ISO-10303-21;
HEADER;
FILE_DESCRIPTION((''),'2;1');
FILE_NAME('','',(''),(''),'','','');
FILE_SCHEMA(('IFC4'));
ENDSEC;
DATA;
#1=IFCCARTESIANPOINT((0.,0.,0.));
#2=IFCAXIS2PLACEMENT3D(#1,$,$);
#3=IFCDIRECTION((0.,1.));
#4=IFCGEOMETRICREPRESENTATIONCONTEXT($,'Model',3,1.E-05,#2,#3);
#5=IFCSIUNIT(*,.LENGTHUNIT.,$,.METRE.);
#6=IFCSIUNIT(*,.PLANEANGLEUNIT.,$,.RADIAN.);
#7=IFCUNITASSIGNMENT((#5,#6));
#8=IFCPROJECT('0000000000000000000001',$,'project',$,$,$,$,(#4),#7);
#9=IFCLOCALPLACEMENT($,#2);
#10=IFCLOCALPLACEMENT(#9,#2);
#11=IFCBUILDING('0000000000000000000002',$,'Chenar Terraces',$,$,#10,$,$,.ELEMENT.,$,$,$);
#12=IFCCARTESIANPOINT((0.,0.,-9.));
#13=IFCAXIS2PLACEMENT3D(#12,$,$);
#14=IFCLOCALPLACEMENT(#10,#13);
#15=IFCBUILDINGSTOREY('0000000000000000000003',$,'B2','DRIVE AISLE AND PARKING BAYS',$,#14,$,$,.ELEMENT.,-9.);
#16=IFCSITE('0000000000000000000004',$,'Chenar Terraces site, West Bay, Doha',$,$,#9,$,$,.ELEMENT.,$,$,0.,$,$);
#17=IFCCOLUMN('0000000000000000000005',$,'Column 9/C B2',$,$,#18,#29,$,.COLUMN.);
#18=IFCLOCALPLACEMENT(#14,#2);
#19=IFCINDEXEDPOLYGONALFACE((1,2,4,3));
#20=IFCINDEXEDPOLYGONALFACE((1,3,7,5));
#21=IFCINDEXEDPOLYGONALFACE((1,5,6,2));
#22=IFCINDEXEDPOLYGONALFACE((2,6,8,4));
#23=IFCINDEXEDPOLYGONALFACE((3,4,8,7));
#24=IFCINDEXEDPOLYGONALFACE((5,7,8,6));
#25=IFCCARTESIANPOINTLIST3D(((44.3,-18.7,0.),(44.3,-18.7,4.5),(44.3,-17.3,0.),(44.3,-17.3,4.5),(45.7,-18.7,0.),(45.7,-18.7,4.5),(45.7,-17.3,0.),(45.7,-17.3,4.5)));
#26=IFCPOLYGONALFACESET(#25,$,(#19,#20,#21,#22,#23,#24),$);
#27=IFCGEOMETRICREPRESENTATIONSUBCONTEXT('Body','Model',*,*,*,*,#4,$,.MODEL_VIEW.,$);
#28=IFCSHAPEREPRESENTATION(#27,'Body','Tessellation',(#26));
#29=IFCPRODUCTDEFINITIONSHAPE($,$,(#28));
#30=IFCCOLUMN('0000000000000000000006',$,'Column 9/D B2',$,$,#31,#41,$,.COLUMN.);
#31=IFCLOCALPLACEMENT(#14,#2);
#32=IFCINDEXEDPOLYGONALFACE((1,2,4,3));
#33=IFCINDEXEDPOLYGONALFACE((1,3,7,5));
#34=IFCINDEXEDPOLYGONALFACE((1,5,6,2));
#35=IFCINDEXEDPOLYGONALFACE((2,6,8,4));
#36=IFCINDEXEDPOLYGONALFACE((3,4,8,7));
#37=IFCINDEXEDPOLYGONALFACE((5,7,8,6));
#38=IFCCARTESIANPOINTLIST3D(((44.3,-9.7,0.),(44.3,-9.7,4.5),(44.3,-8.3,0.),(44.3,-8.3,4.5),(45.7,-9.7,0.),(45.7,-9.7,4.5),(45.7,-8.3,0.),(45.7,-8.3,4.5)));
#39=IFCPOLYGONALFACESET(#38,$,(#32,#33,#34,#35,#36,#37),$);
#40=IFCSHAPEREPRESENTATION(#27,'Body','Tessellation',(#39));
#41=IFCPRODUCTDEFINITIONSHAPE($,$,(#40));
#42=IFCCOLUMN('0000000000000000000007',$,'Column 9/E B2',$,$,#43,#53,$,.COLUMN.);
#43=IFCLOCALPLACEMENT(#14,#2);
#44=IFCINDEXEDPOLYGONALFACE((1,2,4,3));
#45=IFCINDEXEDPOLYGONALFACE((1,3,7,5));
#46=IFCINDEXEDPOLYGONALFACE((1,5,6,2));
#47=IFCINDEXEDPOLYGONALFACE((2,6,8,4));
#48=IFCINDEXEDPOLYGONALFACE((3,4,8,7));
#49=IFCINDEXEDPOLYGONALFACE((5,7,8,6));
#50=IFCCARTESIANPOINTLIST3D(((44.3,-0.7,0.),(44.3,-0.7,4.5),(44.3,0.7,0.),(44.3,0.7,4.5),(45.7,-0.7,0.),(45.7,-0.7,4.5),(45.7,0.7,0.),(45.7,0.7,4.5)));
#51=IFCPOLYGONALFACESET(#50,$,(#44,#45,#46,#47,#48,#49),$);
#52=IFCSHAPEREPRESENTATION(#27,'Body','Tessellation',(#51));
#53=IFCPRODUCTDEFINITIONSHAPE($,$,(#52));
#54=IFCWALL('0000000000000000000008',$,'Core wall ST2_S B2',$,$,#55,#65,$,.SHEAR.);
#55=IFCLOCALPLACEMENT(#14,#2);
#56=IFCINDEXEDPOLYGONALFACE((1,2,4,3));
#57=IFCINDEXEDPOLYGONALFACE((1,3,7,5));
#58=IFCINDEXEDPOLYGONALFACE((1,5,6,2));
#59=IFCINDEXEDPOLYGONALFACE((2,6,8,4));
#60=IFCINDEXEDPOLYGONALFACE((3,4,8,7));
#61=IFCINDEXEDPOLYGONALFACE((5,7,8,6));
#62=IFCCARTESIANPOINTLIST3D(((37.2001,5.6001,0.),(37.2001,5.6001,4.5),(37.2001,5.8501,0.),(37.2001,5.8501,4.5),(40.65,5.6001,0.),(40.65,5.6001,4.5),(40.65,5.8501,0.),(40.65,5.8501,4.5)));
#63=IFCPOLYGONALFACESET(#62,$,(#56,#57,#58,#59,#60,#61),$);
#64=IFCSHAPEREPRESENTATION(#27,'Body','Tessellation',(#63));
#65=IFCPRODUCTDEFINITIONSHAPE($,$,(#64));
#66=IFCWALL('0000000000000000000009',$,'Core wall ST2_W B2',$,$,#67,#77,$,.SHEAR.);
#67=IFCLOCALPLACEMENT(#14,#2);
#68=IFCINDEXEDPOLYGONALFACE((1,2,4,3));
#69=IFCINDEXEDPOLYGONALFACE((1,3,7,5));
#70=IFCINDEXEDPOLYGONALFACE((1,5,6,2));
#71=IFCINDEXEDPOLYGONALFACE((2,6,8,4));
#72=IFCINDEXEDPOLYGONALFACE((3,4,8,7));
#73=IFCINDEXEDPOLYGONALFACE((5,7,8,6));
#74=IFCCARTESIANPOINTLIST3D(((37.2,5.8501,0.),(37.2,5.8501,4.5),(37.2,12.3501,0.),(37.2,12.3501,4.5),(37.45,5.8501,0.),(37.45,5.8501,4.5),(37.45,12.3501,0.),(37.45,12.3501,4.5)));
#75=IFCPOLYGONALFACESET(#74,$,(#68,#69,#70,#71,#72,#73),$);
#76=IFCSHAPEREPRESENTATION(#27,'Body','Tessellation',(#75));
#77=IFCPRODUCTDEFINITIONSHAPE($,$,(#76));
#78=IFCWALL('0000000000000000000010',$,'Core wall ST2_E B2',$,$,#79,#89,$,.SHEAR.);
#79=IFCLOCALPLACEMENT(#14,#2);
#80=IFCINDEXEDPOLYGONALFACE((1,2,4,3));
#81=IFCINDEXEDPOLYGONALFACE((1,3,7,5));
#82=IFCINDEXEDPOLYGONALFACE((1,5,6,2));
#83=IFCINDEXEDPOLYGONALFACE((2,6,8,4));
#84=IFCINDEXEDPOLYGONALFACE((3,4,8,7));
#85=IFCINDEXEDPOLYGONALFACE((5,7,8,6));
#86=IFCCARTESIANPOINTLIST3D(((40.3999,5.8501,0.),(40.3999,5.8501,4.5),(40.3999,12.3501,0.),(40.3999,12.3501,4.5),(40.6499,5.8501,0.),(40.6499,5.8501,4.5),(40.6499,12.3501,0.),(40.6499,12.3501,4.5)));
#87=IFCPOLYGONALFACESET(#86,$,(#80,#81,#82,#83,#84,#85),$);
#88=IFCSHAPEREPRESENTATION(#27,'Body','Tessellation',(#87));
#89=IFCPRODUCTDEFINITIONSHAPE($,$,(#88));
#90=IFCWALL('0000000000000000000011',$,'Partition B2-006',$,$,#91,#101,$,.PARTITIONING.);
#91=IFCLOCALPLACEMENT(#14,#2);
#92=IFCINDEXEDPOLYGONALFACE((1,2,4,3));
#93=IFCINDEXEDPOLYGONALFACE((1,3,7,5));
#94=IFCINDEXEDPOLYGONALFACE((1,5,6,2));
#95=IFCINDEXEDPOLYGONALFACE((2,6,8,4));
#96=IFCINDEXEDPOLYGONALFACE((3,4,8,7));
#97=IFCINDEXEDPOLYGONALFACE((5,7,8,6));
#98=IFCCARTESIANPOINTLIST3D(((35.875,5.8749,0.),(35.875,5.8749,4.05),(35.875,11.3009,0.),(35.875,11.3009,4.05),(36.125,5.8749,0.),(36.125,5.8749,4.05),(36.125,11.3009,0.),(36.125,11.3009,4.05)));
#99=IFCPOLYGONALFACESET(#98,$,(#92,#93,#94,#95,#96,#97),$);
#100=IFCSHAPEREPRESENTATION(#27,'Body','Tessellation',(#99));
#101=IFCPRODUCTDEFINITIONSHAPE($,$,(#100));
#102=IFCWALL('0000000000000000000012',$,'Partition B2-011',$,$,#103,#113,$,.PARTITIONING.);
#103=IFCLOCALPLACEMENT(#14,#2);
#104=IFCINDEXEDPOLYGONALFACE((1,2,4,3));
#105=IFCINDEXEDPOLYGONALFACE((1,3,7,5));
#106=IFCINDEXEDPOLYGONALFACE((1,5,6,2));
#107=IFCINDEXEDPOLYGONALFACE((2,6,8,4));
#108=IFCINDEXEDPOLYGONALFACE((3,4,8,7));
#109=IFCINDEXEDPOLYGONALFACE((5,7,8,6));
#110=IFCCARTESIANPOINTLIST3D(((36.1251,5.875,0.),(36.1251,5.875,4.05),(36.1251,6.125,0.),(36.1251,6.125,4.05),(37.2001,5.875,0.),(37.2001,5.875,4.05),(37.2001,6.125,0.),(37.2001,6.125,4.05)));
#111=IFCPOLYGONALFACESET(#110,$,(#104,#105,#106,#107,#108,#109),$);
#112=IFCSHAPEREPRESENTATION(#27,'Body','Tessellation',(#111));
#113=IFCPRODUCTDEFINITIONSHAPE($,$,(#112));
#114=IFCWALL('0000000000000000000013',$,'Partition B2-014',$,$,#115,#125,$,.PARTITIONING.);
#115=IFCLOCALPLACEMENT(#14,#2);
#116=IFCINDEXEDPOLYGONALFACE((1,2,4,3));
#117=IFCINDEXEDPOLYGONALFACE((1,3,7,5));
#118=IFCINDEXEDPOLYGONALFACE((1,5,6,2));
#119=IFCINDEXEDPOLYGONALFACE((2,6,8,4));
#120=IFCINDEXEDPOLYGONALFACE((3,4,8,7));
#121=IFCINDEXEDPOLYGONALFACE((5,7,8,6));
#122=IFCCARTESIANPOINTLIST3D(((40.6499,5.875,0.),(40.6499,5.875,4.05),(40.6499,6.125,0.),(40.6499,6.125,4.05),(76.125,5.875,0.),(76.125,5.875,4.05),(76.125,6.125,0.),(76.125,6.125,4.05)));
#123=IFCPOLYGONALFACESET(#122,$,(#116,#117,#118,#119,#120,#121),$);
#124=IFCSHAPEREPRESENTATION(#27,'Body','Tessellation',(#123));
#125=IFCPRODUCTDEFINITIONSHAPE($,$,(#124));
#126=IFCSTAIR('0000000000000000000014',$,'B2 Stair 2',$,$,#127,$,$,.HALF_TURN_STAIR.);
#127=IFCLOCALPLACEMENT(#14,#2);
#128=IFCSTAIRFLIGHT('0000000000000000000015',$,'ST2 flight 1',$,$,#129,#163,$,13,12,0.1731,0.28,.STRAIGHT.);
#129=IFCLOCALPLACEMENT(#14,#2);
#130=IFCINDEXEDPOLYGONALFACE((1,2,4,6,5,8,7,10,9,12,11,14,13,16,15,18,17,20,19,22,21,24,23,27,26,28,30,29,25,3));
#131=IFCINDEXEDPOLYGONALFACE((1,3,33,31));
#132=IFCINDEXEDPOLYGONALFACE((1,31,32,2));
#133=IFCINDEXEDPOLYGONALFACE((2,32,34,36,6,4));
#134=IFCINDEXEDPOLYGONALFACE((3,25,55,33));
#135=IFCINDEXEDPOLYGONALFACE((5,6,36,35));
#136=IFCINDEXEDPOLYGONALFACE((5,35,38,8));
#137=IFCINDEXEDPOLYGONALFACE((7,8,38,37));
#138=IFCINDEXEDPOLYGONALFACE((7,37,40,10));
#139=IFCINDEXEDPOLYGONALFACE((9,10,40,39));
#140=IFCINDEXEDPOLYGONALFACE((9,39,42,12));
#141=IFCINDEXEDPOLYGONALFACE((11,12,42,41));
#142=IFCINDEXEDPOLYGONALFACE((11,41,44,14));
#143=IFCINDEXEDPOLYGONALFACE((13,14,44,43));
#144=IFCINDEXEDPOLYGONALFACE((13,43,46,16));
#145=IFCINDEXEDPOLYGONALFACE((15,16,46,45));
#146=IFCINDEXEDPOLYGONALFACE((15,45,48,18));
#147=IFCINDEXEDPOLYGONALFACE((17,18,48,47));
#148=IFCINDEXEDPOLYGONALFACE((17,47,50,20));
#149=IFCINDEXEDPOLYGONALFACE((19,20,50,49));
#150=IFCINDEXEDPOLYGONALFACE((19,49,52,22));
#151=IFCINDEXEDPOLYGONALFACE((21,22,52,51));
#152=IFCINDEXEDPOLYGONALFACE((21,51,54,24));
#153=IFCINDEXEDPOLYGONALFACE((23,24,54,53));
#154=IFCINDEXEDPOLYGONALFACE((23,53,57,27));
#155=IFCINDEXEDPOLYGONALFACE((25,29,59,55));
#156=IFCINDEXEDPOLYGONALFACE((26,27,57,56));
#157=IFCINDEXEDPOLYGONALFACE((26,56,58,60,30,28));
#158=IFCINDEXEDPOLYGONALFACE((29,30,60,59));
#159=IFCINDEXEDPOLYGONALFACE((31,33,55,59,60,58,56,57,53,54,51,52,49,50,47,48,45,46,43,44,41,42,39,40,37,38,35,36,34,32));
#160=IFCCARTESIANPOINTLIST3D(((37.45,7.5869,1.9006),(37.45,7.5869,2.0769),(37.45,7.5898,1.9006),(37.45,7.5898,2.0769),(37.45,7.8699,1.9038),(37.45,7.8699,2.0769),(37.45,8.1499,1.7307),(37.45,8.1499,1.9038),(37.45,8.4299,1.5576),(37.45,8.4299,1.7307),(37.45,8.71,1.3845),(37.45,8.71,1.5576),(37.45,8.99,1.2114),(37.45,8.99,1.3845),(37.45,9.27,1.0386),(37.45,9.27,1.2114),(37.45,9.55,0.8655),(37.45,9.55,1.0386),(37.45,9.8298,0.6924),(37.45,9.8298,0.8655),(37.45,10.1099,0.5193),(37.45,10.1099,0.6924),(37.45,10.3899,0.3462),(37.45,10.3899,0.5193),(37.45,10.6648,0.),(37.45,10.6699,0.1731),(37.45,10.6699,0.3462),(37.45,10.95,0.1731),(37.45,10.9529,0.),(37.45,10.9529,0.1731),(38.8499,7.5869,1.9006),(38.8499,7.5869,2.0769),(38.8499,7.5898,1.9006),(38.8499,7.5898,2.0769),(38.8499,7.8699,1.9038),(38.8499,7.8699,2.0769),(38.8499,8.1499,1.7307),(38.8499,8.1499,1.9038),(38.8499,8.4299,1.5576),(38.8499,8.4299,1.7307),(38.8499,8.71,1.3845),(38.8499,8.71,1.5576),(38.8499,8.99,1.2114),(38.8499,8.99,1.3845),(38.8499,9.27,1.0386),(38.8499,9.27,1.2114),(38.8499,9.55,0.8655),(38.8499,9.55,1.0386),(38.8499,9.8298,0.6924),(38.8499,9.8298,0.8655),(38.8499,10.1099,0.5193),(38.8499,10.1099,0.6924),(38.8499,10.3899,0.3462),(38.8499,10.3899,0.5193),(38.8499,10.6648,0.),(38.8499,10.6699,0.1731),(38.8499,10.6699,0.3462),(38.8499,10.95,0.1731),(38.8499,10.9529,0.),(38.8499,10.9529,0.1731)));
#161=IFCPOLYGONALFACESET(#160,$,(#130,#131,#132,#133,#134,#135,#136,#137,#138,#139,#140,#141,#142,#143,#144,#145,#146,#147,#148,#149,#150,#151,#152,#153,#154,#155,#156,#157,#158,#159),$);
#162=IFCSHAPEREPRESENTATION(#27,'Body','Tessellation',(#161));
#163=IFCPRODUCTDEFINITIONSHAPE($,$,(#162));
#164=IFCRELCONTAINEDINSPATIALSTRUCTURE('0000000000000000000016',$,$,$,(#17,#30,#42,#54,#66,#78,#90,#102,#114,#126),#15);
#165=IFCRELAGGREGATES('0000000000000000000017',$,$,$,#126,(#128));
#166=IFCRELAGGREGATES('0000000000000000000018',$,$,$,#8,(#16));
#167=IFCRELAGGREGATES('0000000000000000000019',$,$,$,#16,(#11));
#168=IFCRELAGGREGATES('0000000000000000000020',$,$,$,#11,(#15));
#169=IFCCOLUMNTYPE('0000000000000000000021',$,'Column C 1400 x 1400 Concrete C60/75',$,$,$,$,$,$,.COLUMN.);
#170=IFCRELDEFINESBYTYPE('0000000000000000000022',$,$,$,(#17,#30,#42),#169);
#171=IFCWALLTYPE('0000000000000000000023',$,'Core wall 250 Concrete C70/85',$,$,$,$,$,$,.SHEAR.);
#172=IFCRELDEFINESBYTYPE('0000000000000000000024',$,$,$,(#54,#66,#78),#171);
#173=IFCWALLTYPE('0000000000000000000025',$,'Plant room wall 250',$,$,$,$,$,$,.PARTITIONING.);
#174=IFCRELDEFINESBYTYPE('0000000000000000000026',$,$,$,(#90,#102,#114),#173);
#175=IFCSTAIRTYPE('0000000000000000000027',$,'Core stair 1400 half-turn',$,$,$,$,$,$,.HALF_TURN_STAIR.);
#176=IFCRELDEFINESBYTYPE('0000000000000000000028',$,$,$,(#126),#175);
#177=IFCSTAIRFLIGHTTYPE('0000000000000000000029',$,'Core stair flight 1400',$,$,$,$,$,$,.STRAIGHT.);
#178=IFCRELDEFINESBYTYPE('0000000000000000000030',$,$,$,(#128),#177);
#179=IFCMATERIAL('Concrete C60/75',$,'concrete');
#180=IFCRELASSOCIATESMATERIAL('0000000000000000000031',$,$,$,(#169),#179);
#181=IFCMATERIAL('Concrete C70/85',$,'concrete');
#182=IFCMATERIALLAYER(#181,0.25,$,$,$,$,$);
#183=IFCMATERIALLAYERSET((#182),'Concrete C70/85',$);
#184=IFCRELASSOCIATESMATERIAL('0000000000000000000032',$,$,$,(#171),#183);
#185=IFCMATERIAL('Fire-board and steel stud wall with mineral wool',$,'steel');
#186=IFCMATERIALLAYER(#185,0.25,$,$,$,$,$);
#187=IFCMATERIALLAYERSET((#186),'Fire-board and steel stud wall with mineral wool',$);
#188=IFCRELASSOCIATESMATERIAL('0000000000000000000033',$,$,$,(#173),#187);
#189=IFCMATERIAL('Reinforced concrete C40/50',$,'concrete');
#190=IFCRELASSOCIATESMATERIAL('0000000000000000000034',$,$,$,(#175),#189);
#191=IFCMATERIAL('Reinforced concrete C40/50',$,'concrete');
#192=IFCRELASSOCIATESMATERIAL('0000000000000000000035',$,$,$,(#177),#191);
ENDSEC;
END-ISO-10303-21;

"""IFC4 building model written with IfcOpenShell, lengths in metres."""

from ifc_helpers import new_model, si_unit, direction, frame, frame_2d, origin, origin_2d, place, context, subcontext, project, spatial, polyline, rectangle, outline, extrude, material, layer, layer_set, material_profile, profile_set, type_object, element, aggregate, save


model = new_model("IFC4")

# Units and contexts
model_context = context("Model", 3, precision=1e-05, world=origin(), true_north=direction((0.0, 1.0)))
body_context = subcontext(model_context, "Body", "Model", "MODEL_VIEW")
ifc_project = project(units=[si_unit("LENGTHUNIT", "METRE"), si_unit("PLANEANGLEUNIT", "RADIAN")], contexts=[model_context])

# Site, building, storey
site_placement = place(None, origin())
site = spatial("IfcSite", under=ifc_project, at=site_placement, Name="Chenar Terraces site, West Bay, Doha", CompositionType="ELEMENT", RefElevation=0.0)
building_placement = place(site_placement, origin())
building = spatial("IfcBuilding", under=site, at=building_placement, Name="Chenar Terraces", CompositionType="ELEMENT")
storey_placement = place(building_placement, frame((0.0, 0.0, -9.0)))
storey = spatial("IfcBuildingStorey", under=building, at=storey_placement, Name="B2", Description="DRIVE AISLE AND PARKING BAYS", CompositionType="ELEMENT", Elevation=-9.0)

# Columns
ifc_material_1 = material(Name="Concrete C60/75", Category="concrete")
ifc_material_profile = material_profile(ifc_material_1, rectangle(XDim=1.3999, YDim=1.3999, at=origin_2d()), Name="C 1400 x 1400")
ifc_profile_set = profile_set([ifc_material_profile], Name="Concrete C60/75")
column_type = type_object("IfcColumnType", Name="Column C 1400 x 1400 Concrete C60/75", PredefinedType="COLUMN", material=ifc_profile_set)
for number, where, z_axis, x_axis, name in (
    (1, (45.0, -18.0, 0.0), (0.0, 0.0, 1.0), (1.0, 0.0, 0.0), "Column 9/C B2"),
    (2, (45.0, -9.0, 0.0), (0.0, 0.0, 1.0), (1.0, 0.0, 0.0), "Column 9/D B2"),
    (3, (45.0, 0.0, 0.0), (0.0, 0.0, 1.0), (1.0, 0.0, 0.0), "Column 9/E B2"),
):
    element("IfcColumn", number, at=place(storey_placement, frame(where, z_axis=z_axis, x_axis=x_axis)), inside=storey, type_object=column_type, Name=name, PredefinedType="COLUMN", context=body_context, shape_type="SweptSolid", body=[
        extrude(rectangle(XDim=1.3999, YDim=1.3999, at=origin_2d()), origin(), (0.0, 0.0, 1.0), 4.5),
    ])

# Walls
ifc_material_2 = material(Name="Concrete C70/85", Category="concrete")
ifc_layer_1 = layer(ifc_material_2, 0.25)
ifc_layer_set_1 = layer_set([ifc_layer_1], Name="Concrete C70/85")
wall_type_1 = type_object("IfcWallType", Name="Core wall 250 Concrete C70/85", PredefinedType="SHEAR", material=ifc_layer_set_1)
wall_1_placement = place(storey_placement, frame((37.2, 5.7251, 0.0), z_axis=(0.0, 0.0, 1.0), x_axis=(1.0, 0.0, 0.0)))
element("IfcWall", 4, at=wall_1_placement, inside=storey, type_object=wall_type_1, Name="Core wall ST2_S B2", PredefinedType="SHEAR", context=body_context, shape_type="SweptSolid", body=[
    extrude(rectangle(XDim=3.45, YDim=0.25, at=frame_2d((1.7251, 0.0))), origin(), (0.0, 0.0, 1.0), 4.5),
])
for number, where, z_axis, x_axis, name in (
    (5, (37.325, 5.8501, 0.0), (0.0, 0.0, 1.0), (0.0, 1.0, 0.0), "Core wall ST2_W B2"),
    (6, (40.5249, 5.8501, 0.0), (0.0, 0.0, 1.0), (0.0, 1.0, 0.0), "Core wall ST2_E B2"),
):
    element("IfcWall", number, at=place(storey_placement, frame(where, z_axis=z_axis, x_axis=x_axis)), inside=storey, type_object=wall_type_1, Name=name, PredefinedType="SHEAR", context=body_context, shape_type="SweptSolid", body=[
        extrude(rectangle(XDim=6.5, YDim=0.25, at=frame_2d((3.25, 0.0))), origin(), (0.0, 0.0, 1.0), 4.5),
    ])
ifc_material_3 = material(Name="Fire-board and steel stud wall with mineral wool", Category="steel")
ifc_layer_2 = layer(ifc_material_3, 0.25)
ifc_layer_set_2 = layer_set([ifc_layer_2], Name="Fire-board and steel stud wall with mineral wool")
wall_type_2 = type_object("IfcWallType", Name="Plant room wall 250", PredefinedType="PARTITIONING", material=ifc_layer_set_2)
wall_2_placement = place(storey_placement, frame((36.0, 5.875, 0.0), z_axis=(0.0, 0.0, 1.0), x_axis=(0.0, 1.0, 0.0)))
element("IfcWall", 7, at=wall_2_placement, inside=storey, type_object=wall_type_2, Name="Partition B2-006", PredefinedType="PARTITIONING", context=body_context, shape_type="SweptSolid", body=[
    extrude(rectangle(XDim=5.426, YDim=0.25, at=frame_2d((2.7129, 0.0))), origin(), (0.0, 0.0, 1.0), 4.05),
])
wall_3_placement = place(storey_placement, frame((36.125, 6.0, 0.0), z_axis=(0.0, 0.0, 1.0), x_axis=(1.0, 0.0, 0.0)))
element("IfcWall", 8, at=wall_3_placement, inside=storey, type_object=wall_type_2, Name="Partition B2-011", PredefinedType="PARTITIONING", context=body_context, shape_type="SweptSolid", body=[
    extrude(rectangle(XDim=1.075, YDim=0.25, at=frame_2d((0.5376, 0.0))), origin(), (0.0, 0.0, 1.0), 4.05),
])
wall_4_placement = place(storey_placement, frame((40.6499, 6.0, 0.0), z_axis=(0.0, 0.0, 1.0), x_axis=(1.0, 0.0, 0.0)))
element("IfcWall", 9, at=wall_4_placement, inside=storey, type_object=wall_type_2, Name="Partition B2-014", PredefinedType="PARTITIONING", context=body_context, shape_type="SweptSolid", body=[
    extrude(rectangle(XDim=35.4751, YDim=0.25, at=frame_2d((17.7375, 0.0))), origin(), (0.0, 0.0, 1.0), 4.05),
])

# Stair, stair flight
ifc_material_4 = material(Name="Reinforced concrete C40/50", Category="concrete")
stair_type = type_object("IfcStairType", Name="Core stair 1400 half-turn", PredefinedType="HALF_TURN_STAIR", material=ifc_material_4)
stair_placement = place(storey_placement, origin())
stair = element("IfcStair", 10, at=stair_placement, inside=storey, type_object=stair_type, Name="B2 Stair 2", PredefinedType="HALF_TURN_STAIR")
ifc_material_5 = material(Name="Reinforced concrete C40/50", Category="concrete")
stair_flight_type = type_object("IfcStairFlightType", Name="Core stair flight 1400", PredefinedType="STRAIGHT", material=ifc_material_5)
stair_flight_1_placement = place(storey_placement, frame((38.1499, 10.95, 0.0), z_axis=(0.0, 0.0, 1.0), x_axis=(0.0, -1.0, 0.0)))
stair_flight_1 = element("IfcStairFlight", 11, at=stair_flight_1_placement, type_object=stair_flight_type, Name="ST2 flight 1", NumberOfRisers=13, NumberOfTreads=12, PredefinedType="STRAIGHT", RiserHeight=0.1731, TreadLength=0.28, context=body_context, shape_type="SweptSolid", body=[
    extrude(outline(polyline([(-0.0029, 0.0), (-0.0029, 0.1731), (0.0, 0.1731), (0.28, 0.1731), (0.28, 0.3462), (0.5601, 0.3462), (0.5601, 0.5193), (0.8401, 0.5193), (0.8401, 0.6924), (1.1201, 0.6924), (1.1201, 0.8655), (1.3999, 0.8655), (1.3999, 1.0386), (1.6799, 1.0386), (1.6799, 1.2114), (1.96, 1.2114), (1.96, 1.3845), (2.24, 1.3845), (2.24, 1.5576), (2.52, 1.5576), (2.52, 1.7307), (2.8, 1.7307), (2.8, 1.9038), (3.0801, 1.9038), (3.0801, 2.0769), (3.3601, 2.0769), (3.363, 2.0769), (3.363, 1.9006), (3.3601, 1.9006), (0.2852, 0.0), (-0.0029, 0.0)])), frame((0.0, 0.7, 0.0), z_axis=(0.0, -1.0, 0.0), x_axis=(1.0, 0.0, 0.0)), (0.0, 0.0, 1.0), 1.3999),
])
aggregate(stair, [stair_flight_1])

save(model, "model.ifc")
